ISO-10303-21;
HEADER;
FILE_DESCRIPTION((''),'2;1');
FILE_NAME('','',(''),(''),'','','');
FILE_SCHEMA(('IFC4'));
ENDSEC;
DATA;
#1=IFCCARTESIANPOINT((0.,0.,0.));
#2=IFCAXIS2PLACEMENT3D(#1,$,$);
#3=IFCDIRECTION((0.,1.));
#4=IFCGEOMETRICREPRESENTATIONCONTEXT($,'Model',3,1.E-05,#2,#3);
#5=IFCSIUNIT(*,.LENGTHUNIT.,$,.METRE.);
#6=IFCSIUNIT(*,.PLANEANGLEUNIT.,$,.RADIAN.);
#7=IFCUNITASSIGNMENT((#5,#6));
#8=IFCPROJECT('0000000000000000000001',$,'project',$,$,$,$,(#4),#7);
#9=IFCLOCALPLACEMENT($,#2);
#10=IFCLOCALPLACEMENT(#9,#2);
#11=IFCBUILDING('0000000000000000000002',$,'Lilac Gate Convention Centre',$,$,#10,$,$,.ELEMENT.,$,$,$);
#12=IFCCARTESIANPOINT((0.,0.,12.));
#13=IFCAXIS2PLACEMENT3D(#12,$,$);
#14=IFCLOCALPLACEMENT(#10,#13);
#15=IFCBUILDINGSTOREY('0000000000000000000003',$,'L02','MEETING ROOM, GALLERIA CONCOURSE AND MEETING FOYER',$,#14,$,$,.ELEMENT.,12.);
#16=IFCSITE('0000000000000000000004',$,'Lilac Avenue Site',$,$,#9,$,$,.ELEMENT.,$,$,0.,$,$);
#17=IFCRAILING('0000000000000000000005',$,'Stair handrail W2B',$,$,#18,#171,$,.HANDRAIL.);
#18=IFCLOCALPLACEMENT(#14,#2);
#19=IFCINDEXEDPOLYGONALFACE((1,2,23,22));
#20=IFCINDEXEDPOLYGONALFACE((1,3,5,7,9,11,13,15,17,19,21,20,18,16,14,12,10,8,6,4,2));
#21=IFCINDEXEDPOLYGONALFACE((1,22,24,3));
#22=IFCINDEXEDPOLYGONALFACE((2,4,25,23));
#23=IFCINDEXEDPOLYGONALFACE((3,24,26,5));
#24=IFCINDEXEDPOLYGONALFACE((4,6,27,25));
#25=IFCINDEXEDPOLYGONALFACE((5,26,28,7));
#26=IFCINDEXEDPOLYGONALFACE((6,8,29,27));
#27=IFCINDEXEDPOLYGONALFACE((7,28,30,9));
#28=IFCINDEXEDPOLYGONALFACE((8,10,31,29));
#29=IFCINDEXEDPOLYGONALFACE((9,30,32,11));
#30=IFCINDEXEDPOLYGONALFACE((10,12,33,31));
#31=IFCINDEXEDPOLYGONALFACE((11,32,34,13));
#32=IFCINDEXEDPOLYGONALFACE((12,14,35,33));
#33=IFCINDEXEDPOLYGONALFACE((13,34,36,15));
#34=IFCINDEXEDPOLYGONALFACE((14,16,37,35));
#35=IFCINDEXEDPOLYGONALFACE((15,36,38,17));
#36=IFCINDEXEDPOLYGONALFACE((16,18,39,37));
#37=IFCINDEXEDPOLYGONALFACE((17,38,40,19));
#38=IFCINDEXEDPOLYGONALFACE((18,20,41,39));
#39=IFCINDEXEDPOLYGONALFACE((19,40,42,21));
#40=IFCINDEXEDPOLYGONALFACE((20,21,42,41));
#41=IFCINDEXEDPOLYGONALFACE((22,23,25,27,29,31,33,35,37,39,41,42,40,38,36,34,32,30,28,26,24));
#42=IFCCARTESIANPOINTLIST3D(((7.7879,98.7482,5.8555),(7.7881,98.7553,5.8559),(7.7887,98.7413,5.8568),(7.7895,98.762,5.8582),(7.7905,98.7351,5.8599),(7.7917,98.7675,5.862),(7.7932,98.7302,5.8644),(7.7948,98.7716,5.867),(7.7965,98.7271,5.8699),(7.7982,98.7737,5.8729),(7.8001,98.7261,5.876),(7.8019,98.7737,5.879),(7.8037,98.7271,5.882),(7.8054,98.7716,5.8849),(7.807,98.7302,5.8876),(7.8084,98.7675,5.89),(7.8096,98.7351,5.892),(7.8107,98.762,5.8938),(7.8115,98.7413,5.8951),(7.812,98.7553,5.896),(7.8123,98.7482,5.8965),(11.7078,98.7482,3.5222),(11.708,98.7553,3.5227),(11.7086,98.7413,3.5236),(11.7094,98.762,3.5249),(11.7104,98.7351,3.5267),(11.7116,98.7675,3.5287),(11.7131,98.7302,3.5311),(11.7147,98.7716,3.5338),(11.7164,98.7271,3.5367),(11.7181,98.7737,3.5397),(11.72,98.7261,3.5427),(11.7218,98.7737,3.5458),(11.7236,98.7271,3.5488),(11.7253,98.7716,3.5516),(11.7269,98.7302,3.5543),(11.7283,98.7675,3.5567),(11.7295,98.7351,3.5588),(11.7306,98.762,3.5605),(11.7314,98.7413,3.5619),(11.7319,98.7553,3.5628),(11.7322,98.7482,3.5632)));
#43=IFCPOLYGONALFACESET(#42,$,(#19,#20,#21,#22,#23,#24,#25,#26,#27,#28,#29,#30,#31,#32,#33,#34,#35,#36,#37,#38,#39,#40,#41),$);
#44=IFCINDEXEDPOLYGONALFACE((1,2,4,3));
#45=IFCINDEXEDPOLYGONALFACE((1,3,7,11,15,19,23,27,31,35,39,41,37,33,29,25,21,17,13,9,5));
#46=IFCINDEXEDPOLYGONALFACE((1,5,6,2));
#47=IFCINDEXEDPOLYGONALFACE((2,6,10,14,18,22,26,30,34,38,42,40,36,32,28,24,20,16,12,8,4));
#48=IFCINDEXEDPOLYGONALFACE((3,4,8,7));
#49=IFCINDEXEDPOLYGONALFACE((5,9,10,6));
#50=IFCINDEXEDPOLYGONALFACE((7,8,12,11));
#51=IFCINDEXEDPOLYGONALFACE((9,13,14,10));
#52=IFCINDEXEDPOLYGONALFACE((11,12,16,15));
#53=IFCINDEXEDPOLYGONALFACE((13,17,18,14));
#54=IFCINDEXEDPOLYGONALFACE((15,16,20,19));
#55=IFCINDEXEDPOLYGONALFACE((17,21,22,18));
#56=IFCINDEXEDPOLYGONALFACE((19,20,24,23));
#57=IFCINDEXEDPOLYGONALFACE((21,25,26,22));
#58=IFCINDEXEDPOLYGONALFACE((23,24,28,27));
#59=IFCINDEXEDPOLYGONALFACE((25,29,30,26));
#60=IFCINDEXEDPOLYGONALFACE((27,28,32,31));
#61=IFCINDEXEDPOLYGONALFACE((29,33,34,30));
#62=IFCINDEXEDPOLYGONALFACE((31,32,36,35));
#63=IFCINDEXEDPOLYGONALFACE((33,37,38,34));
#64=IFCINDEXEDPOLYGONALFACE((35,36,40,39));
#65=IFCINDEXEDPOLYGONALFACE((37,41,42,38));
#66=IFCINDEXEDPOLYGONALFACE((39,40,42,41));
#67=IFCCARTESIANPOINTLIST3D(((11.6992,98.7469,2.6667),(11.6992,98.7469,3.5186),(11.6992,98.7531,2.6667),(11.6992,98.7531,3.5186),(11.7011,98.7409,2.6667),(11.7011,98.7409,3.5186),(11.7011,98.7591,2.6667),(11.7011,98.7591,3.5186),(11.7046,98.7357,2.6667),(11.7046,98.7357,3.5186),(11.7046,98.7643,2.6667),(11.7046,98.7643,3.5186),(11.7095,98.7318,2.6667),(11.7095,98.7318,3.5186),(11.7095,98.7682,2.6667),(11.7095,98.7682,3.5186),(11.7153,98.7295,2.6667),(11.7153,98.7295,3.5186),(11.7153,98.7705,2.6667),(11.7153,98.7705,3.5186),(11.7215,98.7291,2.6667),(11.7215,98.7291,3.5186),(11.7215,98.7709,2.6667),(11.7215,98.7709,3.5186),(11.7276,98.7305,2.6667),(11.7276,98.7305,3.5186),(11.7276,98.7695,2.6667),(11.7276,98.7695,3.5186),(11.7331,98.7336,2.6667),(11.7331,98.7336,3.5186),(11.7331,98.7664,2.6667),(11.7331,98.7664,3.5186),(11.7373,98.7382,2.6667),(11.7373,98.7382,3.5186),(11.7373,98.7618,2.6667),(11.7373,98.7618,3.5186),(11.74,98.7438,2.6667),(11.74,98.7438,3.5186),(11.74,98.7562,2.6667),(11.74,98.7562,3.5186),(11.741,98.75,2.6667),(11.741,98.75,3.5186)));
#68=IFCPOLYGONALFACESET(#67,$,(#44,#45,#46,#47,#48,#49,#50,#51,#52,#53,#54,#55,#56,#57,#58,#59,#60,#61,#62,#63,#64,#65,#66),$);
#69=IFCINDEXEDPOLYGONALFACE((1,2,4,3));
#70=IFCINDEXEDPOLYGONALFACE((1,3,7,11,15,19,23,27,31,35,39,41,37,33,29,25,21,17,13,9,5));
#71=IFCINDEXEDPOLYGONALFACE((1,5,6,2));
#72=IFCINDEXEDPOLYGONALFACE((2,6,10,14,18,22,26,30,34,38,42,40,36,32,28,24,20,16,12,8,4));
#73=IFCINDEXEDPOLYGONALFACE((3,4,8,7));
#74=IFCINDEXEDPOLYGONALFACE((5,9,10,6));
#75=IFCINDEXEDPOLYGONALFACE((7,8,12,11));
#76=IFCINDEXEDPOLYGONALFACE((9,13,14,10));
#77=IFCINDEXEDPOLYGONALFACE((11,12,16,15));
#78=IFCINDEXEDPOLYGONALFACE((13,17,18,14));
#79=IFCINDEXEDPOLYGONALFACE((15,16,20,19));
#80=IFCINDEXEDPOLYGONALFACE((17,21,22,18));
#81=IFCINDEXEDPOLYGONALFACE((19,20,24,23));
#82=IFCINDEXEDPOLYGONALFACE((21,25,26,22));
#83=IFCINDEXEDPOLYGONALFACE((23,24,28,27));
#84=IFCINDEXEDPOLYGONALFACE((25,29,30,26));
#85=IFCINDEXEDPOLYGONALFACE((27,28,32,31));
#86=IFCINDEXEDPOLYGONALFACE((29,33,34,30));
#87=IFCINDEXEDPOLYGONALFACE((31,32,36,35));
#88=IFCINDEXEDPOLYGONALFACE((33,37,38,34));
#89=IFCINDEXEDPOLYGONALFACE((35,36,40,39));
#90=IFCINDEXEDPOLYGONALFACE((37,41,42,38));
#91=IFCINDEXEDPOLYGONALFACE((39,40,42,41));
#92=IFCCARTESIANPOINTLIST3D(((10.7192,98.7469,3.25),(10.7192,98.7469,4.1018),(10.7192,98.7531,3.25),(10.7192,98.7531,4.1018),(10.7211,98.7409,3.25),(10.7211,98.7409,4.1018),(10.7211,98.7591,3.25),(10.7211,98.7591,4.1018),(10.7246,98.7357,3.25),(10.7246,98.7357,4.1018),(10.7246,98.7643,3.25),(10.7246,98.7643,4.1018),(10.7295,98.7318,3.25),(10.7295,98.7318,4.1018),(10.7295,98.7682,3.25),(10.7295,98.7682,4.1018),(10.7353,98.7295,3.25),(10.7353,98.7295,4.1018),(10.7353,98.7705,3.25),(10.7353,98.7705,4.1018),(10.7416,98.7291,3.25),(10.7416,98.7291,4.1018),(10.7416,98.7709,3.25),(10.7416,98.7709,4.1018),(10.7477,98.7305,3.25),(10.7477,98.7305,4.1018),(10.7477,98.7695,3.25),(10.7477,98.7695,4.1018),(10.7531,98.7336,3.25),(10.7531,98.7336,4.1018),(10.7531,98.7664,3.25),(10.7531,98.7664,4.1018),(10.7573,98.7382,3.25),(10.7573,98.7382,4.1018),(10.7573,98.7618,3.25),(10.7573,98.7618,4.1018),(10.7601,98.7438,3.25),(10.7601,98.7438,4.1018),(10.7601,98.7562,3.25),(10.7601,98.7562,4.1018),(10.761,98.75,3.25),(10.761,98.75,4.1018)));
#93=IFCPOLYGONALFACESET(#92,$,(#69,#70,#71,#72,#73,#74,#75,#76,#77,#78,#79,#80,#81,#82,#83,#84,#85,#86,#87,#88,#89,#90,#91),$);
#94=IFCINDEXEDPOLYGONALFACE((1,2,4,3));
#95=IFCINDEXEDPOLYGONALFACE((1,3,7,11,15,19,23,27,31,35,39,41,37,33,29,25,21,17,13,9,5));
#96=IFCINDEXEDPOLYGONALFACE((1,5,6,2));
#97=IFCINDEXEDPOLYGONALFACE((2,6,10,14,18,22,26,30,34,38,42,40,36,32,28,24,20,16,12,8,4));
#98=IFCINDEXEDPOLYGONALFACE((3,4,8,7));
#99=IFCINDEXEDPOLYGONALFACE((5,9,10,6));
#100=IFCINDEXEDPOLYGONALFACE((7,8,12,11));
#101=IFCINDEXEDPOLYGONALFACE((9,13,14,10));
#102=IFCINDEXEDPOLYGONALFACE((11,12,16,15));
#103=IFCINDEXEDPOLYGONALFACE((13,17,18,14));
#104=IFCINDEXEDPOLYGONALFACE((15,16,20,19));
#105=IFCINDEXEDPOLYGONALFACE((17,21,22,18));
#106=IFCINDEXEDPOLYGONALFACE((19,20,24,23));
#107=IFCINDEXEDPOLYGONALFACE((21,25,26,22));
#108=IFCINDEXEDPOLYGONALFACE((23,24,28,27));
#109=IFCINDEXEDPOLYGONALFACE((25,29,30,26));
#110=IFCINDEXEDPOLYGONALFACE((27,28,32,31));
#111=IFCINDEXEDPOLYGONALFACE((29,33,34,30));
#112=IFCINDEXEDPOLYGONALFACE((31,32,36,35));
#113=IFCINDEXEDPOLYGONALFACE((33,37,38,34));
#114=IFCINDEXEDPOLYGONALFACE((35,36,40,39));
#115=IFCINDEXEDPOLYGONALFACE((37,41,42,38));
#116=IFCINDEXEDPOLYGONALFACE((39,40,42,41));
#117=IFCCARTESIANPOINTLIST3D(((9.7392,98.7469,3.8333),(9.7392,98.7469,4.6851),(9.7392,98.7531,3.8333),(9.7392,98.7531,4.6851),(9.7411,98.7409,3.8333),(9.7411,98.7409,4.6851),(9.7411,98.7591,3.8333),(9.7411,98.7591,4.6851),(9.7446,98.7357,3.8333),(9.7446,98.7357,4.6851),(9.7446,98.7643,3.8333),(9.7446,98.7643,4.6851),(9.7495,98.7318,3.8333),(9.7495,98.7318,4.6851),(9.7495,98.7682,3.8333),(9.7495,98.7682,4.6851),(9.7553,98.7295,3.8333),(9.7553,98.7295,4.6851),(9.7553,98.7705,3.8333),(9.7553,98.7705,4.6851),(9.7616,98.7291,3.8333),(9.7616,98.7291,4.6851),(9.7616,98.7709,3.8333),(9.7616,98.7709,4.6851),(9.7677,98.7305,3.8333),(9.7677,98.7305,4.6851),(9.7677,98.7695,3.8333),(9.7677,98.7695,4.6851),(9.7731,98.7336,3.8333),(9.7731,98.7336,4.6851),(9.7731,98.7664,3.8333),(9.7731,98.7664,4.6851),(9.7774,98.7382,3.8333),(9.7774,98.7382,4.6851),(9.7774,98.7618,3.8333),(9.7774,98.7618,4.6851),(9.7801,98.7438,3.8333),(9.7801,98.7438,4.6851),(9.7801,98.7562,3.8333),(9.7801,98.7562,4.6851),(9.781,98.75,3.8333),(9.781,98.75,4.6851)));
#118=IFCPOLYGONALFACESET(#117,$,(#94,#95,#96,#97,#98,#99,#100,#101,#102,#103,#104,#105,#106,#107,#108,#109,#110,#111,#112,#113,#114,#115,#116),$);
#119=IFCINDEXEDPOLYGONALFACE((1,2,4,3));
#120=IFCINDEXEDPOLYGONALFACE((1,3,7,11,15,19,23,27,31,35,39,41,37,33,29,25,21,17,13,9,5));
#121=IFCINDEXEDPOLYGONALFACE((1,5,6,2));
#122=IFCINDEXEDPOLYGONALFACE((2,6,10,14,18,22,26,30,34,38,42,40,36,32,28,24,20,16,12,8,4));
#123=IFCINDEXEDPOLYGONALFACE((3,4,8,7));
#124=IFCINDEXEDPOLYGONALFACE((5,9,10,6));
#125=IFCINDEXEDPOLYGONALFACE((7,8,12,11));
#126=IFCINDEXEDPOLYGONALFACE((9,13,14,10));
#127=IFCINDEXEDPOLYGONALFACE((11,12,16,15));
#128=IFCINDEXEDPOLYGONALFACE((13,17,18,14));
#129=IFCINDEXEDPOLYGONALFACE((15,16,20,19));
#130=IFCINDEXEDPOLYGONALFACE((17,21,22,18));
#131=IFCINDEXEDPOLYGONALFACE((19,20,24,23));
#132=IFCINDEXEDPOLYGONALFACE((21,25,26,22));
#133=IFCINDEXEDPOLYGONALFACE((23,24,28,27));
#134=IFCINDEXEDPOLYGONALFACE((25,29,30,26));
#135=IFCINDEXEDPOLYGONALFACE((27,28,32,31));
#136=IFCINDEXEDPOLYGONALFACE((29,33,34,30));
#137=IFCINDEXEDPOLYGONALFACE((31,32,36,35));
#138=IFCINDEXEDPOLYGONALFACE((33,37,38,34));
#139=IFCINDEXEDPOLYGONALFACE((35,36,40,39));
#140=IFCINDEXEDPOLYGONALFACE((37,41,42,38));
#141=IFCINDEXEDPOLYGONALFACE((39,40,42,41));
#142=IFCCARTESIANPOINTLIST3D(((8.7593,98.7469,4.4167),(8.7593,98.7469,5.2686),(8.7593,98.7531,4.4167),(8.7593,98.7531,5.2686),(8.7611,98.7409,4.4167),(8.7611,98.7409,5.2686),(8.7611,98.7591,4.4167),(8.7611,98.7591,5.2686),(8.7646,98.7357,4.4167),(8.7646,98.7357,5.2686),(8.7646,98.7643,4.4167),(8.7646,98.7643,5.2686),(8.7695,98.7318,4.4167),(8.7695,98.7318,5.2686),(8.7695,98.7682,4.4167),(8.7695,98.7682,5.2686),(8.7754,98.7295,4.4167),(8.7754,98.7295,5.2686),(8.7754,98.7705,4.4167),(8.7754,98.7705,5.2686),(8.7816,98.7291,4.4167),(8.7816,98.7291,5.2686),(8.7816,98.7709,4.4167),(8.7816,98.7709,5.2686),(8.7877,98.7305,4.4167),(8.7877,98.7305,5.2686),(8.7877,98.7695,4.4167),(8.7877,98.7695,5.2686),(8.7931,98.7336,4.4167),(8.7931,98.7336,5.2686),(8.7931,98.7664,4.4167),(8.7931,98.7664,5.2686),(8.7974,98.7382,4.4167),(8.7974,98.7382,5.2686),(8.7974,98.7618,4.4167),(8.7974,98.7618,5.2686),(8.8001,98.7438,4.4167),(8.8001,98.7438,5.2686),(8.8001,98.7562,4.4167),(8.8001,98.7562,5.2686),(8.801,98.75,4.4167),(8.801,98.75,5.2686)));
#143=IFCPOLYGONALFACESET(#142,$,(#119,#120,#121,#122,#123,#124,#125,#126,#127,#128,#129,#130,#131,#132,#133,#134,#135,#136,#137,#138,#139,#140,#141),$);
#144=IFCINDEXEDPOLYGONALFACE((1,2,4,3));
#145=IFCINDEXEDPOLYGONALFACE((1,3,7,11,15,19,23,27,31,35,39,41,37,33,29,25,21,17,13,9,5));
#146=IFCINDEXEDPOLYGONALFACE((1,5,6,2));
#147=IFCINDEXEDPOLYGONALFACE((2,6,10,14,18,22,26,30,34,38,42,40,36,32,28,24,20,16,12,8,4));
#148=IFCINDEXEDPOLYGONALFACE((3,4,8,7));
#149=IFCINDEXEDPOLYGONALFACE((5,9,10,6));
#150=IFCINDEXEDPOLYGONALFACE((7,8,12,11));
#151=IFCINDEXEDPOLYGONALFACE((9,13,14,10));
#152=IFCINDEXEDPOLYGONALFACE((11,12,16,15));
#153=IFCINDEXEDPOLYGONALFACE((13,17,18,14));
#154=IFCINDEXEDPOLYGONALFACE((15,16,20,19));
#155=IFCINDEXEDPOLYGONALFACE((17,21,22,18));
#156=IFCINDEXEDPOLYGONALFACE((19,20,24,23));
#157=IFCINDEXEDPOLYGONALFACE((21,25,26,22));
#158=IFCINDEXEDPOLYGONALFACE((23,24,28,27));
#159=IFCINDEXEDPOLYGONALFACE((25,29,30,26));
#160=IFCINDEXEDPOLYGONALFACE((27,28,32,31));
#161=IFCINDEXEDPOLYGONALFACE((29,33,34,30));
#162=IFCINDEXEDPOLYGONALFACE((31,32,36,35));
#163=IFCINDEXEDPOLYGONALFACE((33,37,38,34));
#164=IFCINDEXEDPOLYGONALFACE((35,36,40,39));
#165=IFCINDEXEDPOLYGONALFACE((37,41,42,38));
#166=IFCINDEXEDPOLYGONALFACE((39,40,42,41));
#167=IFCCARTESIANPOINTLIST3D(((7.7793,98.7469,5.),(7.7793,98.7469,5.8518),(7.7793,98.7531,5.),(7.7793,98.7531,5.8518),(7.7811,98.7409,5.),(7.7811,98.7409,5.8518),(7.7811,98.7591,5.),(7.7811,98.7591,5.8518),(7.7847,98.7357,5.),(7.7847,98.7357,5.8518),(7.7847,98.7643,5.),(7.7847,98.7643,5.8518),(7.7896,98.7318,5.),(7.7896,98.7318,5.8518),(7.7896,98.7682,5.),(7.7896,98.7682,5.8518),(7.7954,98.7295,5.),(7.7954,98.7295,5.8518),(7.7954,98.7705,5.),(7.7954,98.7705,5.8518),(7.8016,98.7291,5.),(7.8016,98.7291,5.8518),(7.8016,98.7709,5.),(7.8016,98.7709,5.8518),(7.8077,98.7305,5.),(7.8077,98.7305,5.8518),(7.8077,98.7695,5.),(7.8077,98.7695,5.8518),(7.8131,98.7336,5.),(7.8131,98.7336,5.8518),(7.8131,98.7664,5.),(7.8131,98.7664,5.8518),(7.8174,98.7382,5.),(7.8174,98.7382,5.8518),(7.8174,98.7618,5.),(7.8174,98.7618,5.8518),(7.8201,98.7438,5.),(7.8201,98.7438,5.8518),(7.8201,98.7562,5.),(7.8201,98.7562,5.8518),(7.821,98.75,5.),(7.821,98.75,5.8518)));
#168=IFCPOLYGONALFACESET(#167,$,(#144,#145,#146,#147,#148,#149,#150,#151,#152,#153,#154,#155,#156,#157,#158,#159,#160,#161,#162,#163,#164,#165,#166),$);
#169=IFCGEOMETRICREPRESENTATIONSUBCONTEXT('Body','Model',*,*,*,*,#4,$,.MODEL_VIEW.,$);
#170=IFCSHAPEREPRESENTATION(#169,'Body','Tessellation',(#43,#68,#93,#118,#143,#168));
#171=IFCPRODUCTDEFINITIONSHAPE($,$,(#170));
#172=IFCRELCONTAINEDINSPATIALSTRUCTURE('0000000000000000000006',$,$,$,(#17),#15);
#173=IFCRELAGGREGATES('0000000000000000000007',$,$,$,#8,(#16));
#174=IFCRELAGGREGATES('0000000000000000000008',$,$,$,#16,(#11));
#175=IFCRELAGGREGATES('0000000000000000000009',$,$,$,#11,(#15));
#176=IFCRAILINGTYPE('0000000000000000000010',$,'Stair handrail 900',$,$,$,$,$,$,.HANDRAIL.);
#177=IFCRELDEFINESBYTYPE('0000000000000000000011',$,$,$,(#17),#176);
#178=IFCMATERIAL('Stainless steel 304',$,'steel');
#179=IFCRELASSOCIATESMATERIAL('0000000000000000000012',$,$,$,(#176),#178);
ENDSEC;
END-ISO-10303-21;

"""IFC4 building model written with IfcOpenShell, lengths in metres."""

from ifc_helpers import new_model, si_unit, direction, frame, origin, origin_2d, place, context, subcontext, project, spatial, circle, extrude, material, type_object, element, save


model = new_model("IFC4")

# Units and contexts
model_context = context("Model", 3, precision=1e-05, world=origin(), true_north=direction((0.0, 1.0)))
body_context = subcontext(model_context, "Body", "Model", "MODEL_VIEW")
ifc_project = project(units=[si_unit("LENGTHUNIT", "METRE"), si_unit("PLANEANGLEUNIT", "RADIAN")], contexts=[model_context])

# Site, building, storey
site_placement = place(None, origin())
site = spatial("IfcSite", under=ifc_project, at=site_placement, Name="Lilac Avenue Site", CompositionType="ELEMENT", RefElevation=0.0)
building_placement = place(site_placement, origin())
building = spatial("IfcBuilding", under=site, at=building_placement, Name="Lilac Gate Convention Centre", CompositionType="ELEMENT")
storey_placement = place(building_placement, frame((0.0, 0.0, 12.0)))
storey = spatial("IfcBuildingStorey", under=building, at=storey_placement, Name="L02", Description="MEETING ROOM, GALLERIA CONCOURSE AND MEETING FOYER", CompositionType="ELEMENT", Elevation=12.0)

# Railing
ifc_material_1 = material(Name="Stainless steel 304", Category="steel")
railing_type = type_object("IfcRailingType", Name="Stair handrail 900", PredefinedType="HANDRAIL", material=ifc_material_1)
for number, where, name in (
    (1, (11.72, 98.75, 2.6667), "Stair handrail W2B"),
):
    element("IfcRailing", number, at=place(storey_placement, frame(where)), inside=storey, type_object=railing_type, Name=name, PredefinedType="HANDRAIL", context=body_context, shape_type="SweptSolid", body=[
        extrude(circle(Radius=0.0239, at=origin_2d()), frame((0.0, 0.0, 0.876), z_axis=(-0.859296, 0.0, 0.511478), x_axis=(0.0, -1.0, 0.0)), (0.0, 0.0, 1.0), 4.5618),
        extrude(circle(Radius=0.021, at=origin_2d()), origin(), (0.0, 0.0, 1.0), 0.8518),
        extrude(circle(Radius=0.021, at=origin_2d()), frame((-0.98, 0.0, 0.5833)), (0.0, 0.0, 1.0), 0.8518),
        extrude(circle(Radius=0.021, at=origin_2d()), frame((-1.96, 0.0, 1.1665)), (0.0, 0.0, 1.0), 0.8518),
        extrude(circle(Radius=0.021, at=origin_2d()), frame((-2.9399, 0.0, 1.75)), (0.0, 0.0, 1.0), 0.8518),
        extrude(circle(Radius=0.021, at=origin_2d()), frame((-3.9199, 0.0, 2.3333)), (0.0, 0.0, 1.0), 0.8518),
    ])

save(model, "model.ifc")
